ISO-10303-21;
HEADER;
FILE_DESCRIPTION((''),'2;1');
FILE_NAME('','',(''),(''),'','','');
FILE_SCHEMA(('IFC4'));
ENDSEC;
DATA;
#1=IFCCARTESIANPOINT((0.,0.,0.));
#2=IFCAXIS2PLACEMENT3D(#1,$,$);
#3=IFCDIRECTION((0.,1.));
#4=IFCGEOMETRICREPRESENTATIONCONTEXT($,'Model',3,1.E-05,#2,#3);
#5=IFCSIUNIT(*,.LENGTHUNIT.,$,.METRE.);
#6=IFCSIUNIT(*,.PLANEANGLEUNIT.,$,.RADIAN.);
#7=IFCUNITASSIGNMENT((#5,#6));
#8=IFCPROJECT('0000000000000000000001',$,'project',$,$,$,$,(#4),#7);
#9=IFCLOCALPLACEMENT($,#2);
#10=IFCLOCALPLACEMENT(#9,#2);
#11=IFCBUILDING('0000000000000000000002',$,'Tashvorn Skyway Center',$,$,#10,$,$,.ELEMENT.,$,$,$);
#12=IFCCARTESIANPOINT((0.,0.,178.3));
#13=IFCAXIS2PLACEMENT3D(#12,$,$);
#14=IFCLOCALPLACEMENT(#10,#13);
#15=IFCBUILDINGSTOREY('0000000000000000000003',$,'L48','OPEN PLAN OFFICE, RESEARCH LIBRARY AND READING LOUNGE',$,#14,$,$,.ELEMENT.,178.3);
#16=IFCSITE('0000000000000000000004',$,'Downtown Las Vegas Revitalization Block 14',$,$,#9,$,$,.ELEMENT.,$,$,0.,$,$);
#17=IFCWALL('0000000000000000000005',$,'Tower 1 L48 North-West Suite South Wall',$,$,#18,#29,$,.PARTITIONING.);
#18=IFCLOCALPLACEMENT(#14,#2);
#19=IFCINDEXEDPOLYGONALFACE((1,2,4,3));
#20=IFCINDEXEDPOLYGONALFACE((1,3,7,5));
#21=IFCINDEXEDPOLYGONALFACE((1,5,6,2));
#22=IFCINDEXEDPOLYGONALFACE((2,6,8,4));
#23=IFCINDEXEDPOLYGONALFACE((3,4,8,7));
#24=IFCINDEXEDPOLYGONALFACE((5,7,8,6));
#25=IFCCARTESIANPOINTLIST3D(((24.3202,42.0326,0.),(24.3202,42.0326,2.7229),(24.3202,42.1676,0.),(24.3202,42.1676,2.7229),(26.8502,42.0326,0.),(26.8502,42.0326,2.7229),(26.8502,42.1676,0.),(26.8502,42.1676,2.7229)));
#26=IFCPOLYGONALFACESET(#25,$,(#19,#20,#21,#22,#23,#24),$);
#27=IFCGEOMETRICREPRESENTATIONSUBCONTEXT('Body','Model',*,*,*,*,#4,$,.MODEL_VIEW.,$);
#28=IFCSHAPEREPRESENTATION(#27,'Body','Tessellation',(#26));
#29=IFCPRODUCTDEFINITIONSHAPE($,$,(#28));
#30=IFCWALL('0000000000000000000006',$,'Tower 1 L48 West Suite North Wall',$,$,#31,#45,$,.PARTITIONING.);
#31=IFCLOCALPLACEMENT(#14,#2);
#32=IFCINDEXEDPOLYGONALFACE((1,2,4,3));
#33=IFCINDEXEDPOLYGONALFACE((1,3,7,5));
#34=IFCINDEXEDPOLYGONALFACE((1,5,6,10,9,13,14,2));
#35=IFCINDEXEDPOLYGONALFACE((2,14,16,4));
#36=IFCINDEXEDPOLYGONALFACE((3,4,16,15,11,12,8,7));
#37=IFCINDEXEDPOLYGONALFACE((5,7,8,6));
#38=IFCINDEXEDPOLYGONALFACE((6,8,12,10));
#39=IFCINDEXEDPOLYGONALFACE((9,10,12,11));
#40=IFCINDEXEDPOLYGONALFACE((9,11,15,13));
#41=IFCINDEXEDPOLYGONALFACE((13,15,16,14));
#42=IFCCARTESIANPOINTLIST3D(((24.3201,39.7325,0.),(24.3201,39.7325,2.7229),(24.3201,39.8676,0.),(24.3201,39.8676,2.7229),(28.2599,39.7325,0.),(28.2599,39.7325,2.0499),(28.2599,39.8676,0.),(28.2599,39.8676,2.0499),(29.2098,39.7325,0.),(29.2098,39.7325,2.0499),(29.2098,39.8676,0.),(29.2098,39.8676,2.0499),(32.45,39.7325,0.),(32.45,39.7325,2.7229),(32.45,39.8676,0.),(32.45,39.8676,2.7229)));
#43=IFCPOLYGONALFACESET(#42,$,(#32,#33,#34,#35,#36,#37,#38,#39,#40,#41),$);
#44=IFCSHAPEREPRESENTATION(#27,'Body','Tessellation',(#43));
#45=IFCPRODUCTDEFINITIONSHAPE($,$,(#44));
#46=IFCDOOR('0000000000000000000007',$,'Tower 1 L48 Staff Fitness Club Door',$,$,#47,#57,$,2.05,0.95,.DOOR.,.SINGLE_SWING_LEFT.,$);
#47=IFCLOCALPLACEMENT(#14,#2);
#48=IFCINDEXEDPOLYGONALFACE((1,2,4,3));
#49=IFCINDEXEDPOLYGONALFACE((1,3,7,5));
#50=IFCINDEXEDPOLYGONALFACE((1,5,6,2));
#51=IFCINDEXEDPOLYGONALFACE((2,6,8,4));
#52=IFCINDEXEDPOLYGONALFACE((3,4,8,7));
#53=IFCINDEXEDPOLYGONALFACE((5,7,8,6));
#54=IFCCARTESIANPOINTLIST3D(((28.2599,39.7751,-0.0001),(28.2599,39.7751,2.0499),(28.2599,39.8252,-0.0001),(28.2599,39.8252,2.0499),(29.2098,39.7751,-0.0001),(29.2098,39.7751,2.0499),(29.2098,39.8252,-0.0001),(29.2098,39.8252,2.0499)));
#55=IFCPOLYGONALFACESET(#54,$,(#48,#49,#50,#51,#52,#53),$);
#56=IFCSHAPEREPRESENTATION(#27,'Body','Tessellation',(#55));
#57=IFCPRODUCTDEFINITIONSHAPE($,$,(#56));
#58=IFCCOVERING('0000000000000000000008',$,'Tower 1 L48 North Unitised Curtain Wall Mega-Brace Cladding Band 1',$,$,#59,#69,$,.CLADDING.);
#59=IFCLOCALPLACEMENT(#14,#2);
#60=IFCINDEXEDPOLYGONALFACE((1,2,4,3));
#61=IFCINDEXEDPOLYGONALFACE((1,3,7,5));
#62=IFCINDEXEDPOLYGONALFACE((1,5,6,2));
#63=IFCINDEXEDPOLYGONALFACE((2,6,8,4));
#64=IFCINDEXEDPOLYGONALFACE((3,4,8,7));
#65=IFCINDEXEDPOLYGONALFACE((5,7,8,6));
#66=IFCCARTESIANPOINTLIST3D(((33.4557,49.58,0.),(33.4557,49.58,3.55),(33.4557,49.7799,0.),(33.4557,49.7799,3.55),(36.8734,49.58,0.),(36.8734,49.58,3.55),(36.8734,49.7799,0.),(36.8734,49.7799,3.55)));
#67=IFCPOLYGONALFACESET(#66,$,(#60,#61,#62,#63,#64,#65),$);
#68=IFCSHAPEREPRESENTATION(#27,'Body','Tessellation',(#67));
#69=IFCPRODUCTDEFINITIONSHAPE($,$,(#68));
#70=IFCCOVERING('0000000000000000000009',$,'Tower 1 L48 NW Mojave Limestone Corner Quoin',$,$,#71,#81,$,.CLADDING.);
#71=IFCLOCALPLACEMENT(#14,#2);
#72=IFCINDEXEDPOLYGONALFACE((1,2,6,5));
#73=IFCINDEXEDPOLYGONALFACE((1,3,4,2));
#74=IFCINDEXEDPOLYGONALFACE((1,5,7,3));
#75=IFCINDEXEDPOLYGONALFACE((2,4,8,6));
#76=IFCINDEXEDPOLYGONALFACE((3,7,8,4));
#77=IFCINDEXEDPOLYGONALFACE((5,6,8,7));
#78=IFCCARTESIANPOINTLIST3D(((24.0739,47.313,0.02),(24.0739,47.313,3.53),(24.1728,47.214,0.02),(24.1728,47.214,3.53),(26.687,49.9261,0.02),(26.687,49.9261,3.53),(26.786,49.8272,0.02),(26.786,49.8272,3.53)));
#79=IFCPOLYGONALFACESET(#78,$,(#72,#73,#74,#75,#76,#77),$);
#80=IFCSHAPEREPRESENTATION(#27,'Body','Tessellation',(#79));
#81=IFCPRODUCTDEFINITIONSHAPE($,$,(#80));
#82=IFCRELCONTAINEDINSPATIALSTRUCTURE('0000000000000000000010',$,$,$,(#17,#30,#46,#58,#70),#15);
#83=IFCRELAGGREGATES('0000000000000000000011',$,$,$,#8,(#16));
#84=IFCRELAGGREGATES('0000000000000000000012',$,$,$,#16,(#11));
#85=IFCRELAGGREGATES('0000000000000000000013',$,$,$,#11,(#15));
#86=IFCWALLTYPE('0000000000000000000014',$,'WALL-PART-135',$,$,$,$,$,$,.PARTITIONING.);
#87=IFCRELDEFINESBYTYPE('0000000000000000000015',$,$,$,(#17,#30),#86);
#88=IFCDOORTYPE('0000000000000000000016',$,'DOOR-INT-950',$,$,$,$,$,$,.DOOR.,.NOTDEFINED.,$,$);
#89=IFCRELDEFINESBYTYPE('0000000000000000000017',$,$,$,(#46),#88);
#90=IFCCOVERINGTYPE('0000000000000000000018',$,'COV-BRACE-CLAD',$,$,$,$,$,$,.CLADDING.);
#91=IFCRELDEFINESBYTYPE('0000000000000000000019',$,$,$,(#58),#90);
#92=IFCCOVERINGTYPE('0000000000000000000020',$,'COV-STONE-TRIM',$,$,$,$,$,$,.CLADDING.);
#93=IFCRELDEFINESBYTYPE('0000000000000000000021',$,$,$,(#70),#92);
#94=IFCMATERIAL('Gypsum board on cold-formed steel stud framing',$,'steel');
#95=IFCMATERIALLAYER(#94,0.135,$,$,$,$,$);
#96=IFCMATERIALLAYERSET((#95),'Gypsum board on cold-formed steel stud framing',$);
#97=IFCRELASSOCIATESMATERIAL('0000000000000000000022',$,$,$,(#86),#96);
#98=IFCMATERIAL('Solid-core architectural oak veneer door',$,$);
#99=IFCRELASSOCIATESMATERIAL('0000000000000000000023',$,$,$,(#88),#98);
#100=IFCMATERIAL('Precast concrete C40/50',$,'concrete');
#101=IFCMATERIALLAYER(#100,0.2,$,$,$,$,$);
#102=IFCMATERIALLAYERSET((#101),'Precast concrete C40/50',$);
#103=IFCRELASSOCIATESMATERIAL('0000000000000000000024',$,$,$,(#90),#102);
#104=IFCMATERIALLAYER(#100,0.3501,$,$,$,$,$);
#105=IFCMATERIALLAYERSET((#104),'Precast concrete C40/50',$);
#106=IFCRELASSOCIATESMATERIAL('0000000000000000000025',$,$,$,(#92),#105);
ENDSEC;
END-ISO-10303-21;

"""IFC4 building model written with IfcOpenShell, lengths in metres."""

from ifc_helpers import new_model, si_unit, direction, frame, frame_2d, origin, origin_2d, place, context, subcontext, project, spatial, rectangle, extrude, material, layer, layer_set, type_object, element, fill, save


model = new_model("IFC4")

# Units and contexts
model_context = context("Model", 3, precision=1e-05, world=origin(), true_north=direction((0.0, 1.0)))
body_context = subcontext(model_context, "Body", "Model", "MODEL_VIEW")
ifc_project = project(units=[si_unit("LENGTHUNIT", "METRE"), si_unit("PLANEANGLEUNIT", "RADIAN")], contexts=[model_context])

# Site, building, storey
site_placement = place(None, origin())
site = spatial("IfcSite", under=ifc_project, at=site_placement, Name="Downtown Las Vegas Revitalization Block 14", CompositionType="ELEMENT", RefElevation=0.0)
building_placement = place(site_placement, origin())
building = spatial("IfcBuilding", under=site, at=building_placement, Name="Tashvorn Skyway Center", CompositionType="ELEMENT")
storey_placement = place(building_placement, frame((0.0, 0.0, 178.3)))
storey = spatial("IfcBuildingStorey", under=building, at=storey_placement, Name="L48", Description="OPEN PLAN OFFICE, RESEARCH LIBRARY AND READING LOUNGE", CompositionType="ELEMENT", Elevation=178.3)

# Shared definitions
ifc_material_1 = material(Name="Precast concrete C40/50", Category="concrete")

# Shared definitions
ifc_material_2 = material(Name="Gypsum board on cold-formed steel stud framing", Category="steel")
ifc_layer_1 = layer(ifc_material_2, 0.135)
ifc_layer_set_1 = layer_set([ifc_layer_1], Name="Gypsum board on cold-formed steel stud framing")
wall_type_1 = type_object("IfcWallType", Name="WALL-PART-135", PredefinedType="PARTITIONING", material=ifc_layer_set_1)
ifc_material_3 = material(Name="Solid-core architectural oak veneer door")
door_type = type_object("IfcDoorType", Name="DOOR-INT-950", OperationType="NOTDEFINED", PredefinedType="DOOR", material=ifc_material_3)

# Wall
wall_1_placement = place(storey_placement, frame((24.3201, 42.1001, 0.0), z_axis=(0.0, 0.0, 1.0), x_axis=(1.0, 0.0, 0.0)))
element("IfcWall", 1, at=wall_1_placement, inside=storey, type_object=wall_type_1, Name="Tower 1 L48 North-West Suite South Wall", PredefinedType="PARTITIONING", context=body_context, shape_type="SweptSolid", body=[
    extrude(rectangle(XDim=2.53, YDim=0.135, at=frame_2d((1.2651, 0.0))), origin(), (0.0, 0.0, 1.0), 2.7229),
])

# Wall, opening, door
wall_2_placement = place(storey_placement, frame((32.45, 39.8, 0.0), z_axis=(0.0, 0.0, 1.0), x_axis=(-1.0, 0.0, 0.0)))
wall_2 = element("IfcWall", 2, at=wall_2_placement, inside=storey, type_object=wall_type_1, Name="Tower 1 L48 West Suite North Wall", PredefinedType="PARTITIONING", context=body_context, shape_type="SweptSolid", body=[
    extrude(rectangle(XDim=8.1299, YDim=0.135, at=frame_2d((4.0649, 0.0))), origin(), (0.0, 0.0, 1.0), 2.7229),
])
opening_1_placement = place(wall_2_placement, frame((3.24, 0.0, 0.0)))
opening_1 = element("IfcOpeningElement", 3, at=opening_1_placement, cuts=wall_2, PredefinedType="OPENING", context=body_context, shape_type="SweptSolid", body=[
    extrude(rectangle(XDim=0.95, YDim=2.05, at=frame_2d((0.4751, 1.0249))), frame((0.0, 0.0774, 0.0), z_axis=(0.0, -1.0, 0.0), x_axis=(1.0, 0.0, 0.0)), (0.0, 0.0, 1.0), 0.155),
])
door_1_placement = place(opening_1_placement, origin())
door_1 = element("IfcDoor", 4, at=door_1_placement, inside=storey, type_object=door_type, Name="Tower 1 L48 Staff Fitness Club Door", OperationType="SINGLE_SWING_LEFT", OverallHeight=2.05, OverallWidth=0.95, PredefinedType="DOOR", context=body_context, shape_type="SweptSolid", body=[
    extrude(rectangle(XDim=0.95, YDim=2.05, at=frame_2d((0.4751, 1.0249))), frame((0.0, 0.0249, 0.0), z_axis=(0.0, -1.0, 0.0), x_axis=(1.0, 0.0, 0.0)), (0.0, 0.0, 1.0), 0.05),
])
fill(opening_1, door_1)

# Coverings
ifc_layer_2 = layer(ifc_material_1, 0.2)
ifc_layer_set_2 = layer_set([ifc_layer_2], Name="Precast concrete C40/50")
covering_type_1 = type_object("IfcCoveringType", Name="COV-BRACE-CLAD", PredefinedType="CLADDING", material=ifc_layer_set_2)
covering_1_placement = place(storey_placement, frame((35.1646, 49.6799, 0.0), z_axis=(0.0, 0.0, 1.0), x_axis=(1.0, 0.0, 0.0)))
element("IfcCovering", 5, at=covering_1_placement, inside=storey, type_object=covering_type_1, Name="Tower 1 L48 North Unitised Curtain Wall Mega-Brace Cladding Band 1", PredefinedType="CLADDING", context=body_context, shape_type="SweptSolid", body=[
    extrude(rectangle(XDim=3.4177, YDim=0.2, at=origin_2d()), origin(), (0.0, 0.0, 1.0), 3.55),
])
ifc_layer_3 = layer(ifc_material_1, 0.3501)
ifc_layer_set_3 = layer_set([ifc_layer_3], Name="Precast concrete C40/50")
covering_type_2 = type_object("IfcCoveringType", Name="COV-STONE-TRIM", PredefinedType="CLADDING", material=ifc_layer_set_3)
covering_2_placement = place(storey_placement, frame((25.4299, 48.5701, 0.02), z_axis=(0.0, 0.0, 1.0), x_axis=(-0.707107, -0.707107, 0.0)))
element("IfcCovering", 6, at=covering_2_placement, inside=storey, type_object=covering_type_2, Name="Tower 1 L48 NW Mojave Limestone Corner Quoin", PredefinedType="CLADDING", context=body_context, shape_type="SweptSolid", body=[
    extrude(rectangle(XDim=3.6956, YDim=0.1399, at=origin_2d()), origin(), (0.0, 0.0, 1.0), 3.51),
])

save(model, "model.ifc")
